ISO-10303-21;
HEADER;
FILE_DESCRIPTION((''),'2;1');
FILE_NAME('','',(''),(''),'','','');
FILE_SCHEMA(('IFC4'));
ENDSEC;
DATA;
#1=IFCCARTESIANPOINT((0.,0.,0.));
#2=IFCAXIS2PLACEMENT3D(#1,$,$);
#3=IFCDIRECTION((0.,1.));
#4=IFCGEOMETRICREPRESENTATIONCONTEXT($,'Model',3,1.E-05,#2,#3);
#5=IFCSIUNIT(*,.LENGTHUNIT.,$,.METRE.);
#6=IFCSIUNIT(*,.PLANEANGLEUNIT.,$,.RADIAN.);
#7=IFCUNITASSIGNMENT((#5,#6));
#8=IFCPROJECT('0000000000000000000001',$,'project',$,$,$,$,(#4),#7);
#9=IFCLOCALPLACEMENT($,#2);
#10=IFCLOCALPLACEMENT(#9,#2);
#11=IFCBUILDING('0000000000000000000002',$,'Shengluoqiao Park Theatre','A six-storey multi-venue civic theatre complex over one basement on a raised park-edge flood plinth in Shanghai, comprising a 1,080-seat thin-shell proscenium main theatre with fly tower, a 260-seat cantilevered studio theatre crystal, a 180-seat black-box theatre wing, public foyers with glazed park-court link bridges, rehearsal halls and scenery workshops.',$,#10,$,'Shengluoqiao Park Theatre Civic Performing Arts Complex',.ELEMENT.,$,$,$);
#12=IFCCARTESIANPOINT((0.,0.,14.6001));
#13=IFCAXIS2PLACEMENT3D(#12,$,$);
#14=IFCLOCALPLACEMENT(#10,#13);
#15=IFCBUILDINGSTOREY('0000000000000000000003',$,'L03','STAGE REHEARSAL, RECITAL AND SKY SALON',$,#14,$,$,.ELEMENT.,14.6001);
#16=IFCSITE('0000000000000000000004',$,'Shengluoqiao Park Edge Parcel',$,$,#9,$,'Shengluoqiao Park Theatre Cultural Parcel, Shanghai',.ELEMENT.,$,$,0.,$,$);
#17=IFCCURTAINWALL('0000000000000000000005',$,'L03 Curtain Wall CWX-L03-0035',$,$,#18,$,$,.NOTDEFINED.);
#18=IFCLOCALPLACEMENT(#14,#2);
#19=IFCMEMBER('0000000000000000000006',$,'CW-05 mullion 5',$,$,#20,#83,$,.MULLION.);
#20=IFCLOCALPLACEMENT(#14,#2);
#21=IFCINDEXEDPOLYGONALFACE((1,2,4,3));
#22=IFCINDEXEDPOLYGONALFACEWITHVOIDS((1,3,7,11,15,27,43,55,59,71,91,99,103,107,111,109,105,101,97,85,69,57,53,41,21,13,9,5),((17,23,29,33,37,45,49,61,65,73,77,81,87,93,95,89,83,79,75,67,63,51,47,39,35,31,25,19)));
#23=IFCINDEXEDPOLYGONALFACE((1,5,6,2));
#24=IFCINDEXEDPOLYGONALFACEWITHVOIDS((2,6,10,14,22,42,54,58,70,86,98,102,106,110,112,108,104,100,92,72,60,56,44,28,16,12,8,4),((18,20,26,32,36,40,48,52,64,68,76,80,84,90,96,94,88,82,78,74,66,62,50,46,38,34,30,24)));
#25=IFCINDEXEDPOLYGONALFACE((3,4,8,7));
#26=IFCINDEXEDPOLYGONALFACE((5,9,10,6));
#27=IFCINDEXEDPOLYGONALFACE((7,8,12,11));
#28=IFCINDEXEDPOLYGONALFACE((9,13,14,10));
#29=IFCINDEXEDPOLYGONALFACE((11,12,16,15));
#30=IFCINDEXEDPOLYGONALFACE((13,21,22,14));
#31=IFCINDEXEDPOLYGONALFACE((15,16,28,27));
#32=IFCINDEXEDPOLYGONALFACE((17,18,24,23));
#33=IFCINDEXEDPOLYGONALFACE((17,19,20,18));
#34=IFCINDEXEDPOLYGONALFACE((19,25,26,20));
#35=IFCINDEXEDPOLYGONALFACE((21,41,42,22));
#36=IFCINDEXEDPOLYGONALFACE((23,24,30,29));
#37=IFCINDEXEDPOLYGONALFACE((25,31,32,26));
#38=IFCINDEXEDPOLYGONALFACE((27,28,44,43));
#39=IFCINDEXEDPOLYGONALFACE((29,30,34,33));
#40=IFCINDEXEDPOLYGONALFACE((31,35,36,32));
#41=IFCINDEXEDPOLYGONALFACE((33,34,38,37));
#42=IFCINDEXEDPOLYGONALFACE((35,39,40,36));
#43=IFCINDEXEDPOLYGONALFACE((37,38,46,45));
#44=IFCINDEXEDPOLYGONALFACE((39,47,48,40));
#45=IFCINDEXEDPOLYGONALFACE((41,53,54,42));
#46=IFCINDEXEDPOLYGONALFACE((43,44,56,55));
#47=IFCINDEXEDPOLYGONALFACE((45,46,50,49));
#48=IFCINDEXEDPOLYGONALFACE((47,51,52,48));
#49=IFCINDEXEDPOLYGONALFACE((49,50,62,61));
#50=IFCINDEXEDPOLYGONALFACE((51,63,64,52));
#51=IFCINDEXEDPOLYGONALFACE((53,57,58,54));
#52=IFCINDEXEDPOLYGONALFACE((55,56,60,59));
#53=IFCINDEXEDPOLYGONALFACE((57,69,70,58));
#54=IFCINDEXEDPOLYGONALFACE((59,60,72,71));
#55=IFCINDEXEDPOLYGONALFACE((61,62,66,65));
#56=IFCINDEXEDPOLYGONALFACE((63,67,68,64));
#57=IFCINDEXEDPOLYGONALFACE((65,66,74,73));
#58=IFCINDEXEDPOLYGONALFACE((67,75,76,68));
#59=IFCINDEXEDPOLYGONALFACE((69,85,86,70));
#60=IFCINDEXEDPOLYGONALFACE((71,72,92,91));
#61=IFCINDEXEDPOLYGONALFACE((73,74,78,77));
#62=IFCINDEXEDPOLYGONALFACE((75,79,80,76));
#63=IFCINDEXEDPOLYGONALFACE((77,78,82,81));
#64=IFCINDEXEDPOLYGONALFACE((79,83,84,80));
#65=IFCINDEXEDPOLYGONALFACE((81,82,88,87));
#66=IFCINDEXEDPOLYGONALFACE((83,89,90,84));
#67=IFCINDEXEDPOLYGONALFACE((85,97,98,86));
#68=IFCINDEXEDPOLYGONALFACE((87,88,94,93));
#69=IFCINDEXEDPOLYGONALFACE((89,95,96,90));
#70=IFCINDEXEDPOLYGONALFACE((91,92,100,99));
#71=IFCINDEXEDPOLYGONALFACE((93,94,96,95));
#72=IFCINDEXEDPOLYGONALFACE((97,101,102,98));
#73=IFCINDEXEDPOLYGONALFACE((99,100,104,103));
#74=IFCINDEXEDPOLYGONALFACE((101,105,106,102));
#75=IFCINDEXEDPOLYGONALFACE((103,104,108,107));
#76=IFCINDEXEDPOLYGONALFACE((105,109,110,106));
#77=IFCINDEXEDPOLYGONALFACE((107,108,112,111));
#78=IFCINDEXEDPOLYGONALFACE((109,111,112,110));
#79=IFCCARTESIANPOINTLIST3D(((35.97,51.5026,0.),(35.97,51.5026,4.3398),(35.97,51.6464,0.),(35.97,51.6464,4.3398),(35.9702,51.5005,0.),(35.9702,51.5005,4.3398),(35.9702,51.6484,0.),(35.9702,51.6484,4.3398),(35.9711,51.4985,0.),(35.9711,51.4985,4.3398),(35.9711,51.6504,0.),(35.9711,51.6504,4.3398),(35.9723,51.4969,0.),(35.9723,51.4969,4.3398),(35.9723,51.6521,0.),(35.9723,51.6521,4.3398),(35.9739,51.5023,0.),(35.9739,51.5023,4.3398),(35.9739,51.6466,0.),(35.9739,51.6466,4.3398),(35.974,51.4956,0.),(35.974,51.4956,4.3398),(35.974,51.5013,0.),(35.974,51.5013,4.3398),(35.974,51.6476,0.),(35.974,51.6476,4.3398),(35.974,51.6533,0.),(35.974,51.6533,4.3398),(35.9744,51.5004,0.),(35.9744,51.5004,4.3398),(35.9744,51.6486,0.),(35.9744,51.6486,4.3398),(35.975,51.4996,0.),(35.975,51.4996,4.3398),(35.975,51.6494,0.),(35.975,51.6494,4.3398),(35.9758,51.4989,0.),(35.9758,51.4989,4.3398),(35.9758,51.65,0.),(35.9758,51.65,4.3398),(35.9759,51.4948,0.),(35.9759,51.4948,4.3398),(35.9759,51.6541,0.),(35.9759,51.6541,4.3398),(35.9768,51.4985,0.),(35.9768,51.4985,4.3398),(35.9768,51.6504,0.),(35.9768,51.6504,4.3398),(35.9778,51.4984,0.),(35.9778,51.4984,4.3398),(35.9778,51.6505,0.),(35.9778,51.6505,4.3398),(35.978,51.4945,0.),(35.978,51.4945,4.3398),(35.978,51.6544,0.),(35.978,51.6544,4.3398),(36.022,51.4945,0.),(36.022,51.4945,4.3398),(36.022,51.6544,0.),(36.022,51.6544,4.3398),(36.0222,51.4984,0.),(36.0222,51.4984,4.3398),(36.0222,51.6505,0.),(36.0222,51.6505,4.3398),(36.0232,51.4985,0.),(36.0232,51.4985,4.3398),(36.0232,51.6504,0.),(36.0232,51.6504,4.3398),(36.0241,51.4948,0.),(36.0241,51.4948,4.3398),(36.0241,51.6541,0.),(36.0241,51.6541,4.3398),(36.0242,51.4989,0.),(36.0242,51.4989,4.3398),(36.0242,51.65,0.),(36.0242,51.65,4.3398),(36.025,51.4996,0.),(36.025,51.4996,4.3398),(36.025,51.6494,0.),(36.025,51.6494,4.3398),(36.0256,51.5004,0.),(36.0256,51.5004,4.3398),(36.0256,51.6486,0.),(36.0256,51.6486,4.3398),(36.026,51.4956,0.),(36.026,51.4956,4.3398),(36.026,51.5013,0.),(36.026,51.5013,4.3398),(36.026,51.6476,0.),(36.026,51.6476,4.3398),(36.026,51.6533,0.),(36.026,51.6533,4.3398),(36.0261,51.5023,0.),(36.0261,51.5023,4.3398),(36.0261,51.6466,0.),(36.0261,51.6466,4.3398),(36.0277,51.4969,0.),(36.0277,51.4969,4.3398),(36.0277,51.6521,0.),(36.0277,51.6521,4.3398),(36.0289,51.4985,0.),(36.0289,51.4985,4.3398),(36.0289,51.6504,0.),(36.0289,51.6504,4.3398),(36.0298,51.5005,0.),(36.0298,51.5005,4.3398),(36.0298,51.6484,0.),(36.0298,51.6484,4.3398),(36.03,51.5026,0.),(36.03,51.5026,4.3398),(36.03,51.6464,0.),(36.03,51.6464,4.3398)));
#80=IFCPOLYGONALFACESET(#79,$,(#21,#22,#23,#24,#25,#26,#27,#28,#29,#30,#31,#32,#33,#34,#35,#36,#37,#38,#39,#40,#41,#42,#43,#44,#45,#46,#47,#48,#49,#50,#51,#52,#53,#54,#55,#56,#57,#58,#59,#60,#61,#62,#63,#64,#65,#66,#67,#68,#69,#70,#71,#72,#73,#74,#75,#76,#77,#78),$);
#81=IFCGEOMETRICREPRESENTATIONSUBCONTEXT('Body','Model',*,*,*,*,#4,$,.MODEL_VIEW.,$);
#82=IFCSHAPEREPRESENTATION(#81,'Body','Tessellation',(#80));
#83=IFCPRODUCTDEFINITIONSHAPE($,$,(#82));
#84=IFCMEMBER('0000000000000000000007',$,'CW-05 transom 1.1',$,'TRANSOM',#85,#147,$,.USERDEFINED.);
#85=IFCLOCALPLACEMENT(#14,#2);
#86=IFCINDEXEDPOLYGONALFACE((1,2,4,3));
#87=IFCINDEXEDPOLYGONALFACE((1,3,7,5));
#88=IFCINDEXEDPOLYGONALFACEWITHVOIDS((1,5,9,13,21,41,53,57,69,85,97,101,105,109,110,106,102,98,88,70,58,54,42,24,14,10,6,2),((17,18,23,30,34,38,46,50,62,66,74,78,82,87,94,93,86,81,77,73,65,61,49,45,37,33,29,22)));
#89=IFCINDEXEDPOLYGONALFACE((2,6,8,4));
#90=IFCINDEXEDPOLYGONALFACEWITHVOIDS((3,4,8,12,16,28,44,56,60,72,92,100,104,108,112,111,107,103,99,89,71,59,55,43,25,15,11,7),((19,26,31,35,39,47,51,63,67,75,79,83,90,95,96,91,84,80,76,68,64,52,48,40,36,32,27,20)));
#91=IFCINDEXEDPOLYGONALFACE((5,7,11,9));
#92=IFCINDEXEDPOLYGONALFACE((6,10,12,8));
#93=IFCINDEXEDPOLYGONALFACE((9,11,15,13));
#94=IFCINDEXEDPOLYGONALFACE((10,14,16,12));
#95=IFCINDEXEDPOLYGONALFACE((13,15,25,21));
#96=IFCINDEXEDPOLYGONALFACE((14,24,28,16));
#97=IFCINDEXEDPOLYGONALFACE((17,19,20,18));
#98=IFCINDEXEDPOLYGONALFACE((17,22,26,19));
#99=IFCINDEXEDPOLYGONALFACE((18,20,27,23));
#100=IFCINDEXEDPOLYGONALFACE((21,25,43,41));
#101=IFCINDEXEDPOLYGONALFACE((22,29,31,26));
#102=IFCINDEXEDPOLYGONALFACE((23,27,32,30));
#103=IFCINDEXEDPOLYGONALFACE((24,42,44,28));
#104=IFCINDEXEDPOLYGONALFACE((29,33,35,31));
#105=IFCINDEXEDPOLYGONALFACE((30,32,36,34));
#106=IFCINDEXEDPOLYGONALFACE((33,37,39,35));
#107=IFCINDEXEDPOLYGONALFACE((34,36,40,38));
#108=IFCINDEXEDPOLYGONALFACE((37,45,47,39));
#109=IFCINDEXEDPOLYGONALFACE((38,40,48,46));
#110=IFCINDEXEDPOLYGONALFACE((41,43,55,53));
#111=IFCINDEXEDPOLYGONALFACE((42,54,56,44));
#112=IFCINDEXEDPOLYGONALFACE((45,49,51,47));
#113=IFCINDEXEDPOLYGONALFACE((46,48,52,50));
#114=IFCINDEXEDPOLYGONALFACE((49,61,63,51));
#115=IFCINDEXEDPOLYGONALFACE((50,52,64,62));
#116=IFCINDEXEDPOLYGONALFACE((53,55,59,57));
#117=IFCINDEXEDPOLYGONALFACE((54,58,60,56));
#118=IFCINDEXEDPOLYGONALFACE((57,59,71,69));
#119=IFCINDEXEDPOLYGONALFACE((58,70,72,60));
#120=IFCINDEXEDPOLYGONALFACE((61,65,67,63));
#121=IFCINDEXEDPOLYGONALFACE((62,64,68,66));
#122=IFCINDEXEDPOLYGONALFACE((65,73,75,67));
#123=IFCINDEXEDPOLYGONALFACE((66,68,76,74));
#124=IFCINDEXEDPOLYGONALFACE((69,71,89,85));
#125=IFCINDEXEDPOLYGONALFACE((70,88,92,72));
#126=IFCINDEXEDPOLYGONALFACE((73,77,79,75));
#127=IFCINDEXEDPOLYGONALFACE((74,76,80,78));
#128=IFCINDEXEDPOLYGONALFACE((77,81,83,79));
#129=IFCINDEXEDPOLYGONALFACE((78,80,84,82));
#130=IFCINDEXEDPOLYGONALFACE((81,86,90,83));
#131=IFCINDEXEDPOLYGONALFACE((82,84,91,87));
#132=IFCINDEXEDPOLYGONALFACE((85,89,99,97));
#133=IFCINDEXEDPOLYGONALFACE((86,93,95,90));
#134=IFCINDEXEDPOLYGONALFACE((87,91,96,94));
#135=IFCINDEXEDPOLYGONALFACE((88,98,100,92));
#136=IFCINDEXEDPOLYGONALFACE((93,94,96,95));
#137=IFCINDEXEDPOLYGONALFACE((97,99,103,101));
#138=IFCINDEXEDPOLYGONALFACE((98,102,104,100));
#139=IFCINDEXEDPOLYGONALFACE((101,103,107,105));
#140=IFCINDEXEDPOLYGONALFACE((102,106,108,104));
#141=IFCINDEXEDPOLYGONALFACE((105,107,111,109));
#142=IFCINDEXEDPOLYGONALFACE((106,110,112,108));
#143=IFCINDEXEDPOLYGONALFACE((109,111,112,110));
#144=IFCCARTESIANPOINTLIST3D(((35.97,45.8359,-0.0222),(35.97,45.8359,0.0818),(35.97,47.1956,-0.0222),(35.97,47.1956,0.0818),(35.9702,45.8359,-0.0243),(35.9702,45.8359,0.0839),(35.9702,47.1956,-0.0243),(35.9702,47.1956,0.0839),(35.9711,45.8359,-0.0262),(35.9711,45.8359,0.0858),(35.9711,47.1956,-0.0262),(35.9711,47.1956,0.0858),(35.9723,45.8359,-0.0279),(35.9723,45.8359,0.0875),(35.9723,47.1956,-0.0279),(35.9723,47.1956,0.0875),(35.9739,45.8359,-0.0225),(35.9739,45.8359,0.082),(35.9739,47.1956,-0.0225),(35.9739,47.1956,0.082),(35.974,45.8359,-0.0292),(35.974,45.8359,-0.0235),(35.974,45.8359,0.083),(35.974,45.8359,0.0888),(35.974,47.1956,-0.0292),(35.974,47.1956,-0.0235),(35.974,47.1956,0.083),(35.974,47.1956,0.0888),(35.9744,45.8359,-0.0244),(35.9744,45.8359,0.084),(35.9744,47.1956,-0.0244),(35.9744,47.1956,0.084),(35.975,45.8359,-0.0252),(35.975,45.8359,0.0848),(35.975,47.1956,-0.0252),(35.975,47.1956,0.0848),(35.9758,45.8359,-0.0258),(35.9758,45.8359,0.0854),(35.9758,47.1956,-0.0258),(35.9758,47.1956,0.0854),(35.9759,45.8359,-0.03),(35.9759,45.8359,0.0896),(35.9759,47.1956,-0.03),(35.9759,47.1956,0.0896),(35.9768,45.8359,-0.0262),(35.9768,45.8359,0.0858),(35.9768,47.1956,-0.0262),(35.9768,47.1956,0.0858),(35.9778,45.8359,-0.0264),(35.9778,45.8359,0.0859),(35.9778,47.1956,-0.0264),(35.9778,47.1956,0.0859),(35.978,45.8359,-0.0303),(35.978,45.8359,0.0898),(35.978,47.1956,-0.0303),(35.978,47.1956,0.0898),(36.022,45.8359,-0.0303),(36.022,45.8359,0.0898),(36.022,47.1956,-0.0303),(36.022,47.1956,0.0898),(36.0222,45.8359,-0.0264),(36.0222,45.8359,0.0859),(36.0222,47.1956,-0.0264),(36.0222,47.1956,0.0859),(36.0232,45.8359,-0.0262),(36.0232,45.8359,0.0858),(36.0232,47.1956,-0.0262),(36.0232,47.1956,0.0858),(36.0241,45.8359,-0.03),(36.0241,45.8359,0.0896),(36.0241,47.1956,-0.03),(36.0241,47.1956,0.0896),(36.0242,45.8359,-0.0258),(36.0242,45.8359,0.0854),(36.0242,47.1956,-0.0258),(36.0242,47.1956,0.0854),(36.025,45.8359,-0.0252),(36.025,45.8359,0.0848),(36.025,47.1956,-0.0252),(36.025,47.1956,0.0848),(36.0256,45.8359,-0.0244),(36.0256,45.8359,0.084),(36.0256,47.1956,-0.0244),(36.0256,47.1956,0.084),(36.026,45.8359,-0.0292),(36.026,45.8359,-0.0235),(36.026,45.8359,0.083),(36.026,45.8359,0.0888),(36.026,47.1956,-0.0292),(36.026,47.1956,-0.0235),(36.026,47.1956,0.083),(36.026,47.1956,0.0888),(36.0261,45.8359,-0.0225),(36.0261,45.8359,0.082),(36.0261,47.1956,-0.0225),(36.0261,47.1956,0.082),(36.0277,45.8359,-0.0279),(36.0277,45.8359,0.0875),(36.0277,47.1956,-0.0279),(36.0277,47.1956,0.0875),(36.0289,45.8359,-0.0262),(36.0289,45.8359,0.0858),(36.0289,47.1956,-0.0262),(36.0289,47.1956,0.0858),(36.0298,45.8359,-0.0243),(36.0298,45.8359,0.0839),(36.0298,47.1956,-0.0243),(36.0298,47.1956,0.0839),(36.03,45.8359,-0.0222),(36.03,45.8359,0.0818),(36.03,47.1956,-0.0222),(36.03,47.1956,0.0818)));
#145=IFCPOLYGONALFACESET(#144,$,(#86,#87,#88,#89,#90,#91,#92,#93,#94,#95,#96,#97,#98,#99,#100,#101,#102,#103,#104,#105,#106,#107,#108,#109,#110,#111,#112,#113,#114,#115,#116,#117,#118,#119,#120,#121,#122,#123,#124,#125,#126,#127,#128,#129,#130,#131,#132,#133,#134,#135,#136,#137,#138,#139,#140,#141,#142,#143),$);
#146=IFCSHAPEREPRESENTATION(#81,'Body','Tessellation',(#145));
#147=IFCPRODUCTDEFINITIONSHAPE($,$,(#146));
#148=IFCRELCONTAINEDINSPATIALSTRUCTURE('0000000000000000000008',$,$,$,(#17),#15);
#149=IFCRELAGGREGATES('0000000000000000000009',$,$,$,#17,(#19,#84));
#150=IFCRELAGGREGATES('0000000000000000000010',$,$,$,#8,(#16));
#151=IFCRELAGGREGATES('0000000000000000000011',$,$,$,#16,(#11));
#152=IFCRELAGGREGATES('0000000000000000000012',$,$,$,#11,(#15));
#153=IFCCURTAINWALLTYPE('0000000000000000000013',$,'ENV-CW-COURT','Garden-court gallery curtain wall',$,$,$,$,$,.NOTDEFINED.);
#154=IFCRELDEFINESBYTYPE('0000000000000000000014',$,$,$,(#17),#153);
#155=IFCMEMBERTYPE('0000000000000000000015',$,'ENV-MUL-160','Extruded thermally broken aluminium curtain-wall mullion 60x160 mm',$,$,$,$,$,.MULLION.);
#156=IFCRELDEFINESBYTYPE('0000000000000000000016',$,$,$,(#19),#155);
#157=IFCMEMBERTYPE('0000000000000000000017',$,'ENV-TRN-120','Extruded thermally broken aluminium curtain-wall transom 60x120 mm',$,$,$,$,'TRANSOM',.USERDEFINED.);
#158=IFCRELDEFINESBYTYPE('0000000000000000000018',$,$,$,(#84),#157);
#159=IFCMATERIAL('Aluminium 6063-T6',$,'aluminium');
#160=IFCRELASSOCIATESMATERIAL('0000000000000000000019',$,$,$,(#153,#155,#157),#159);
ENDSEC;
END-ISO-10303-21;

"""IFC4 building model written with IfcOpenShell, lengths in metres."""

from ifc_helpers import new_model, si_unit, direction, frame, origin, origin_2d, place, context, subcontext, project, spatial, hollow_rectangle, extrude, material, material_profile, profile_set, type_object, element, aggregate, save


model = new_model("IFC4")

# Units and contexts
model_context = context("Model", 3, precision=1e-05, world=origin(), true_north=direction((0.0, 1.0)))
body_context = subcontext(model_context, "Body", "Model", "MODEL_VIEW")
ifc_project = project(units=[si_unit("LENGTHUNIT", "METRE"), si_unit("PLANEANGLEUNIT", "RADIAN")], contexts=[model_context])

# Site, building, storey
site_placement = place(None, origin())
site = spatial("IfcSite", under=ifc_project, at=site_placement, Name="Shengluoqiao Park Edge Parcel", LongName="Shengluoqiao Park Theatre Cultural Parcel, Shanghai", CompositionType="ELEMENT", RefElevation=0.0)
building_placement = place(site_placement, origin())
building = spatial("IfcBuilding", under=site, at=building_placement, Name="Shengluoqiao Park Theatre", Description="A six-storey multi-venue civic theatre complex over one basement on a raised park-edge flood plinth in Shanghai, comprising a 1,080-seat thin-shell proscenium main theatre with fly tower, a 260-seat cantilevered studio theatre crystal, a 180-seat black-box theatre wing, public foyers with glazed park-court link bridges, rehearsal halls and scenery workshops.", LongName="Shengluoqiao Park Theatre Civic Performing Arts Complex", CompositionType="ELEMENT")
storey_placement = place(building_placement, frame((0.0, 0.0, 14.6001)))
storey = spatial("IfcBuildingStorey", under=building, at=storey_placement, Name="L03", Description="STAGE REHEARSAL, RECITAL AND SKY SALON", CompositionType="ELEMENT", Elevation=14.6001)

# Curtain wall, members
ifc_material_1 = material(Name="Aluminium 6063-T6", Category="aluminium")
curtain_wall_type = type_object("IfcCurtainWallType", Name="ENV-CW-COURT", Description="Garden-court gallery curtain wall", PredefinedType="NOTDEFINED", material=ifc_material_1)
curtain_wall_placement = place(storey_placement, origin())
curtain_wall = element("IfcCurtainWall", 1, at=curtain_wall_placement, inside=storey, type_object=curtain_wall_type, Name="L03 Curtain Wall CWX-L03-0035", PredefinedType="NOTDEFINED")
ifc_material_profile_1 = material_profile(ifc_material_1, hollow_rectangle(XDim=0.0601, YDim=0.1599, WallThickness=0.0039, InnerFilletRadius=0.0039, OuterFilletRadius=0.0081, at=origin_2d()), Name="ALU MULLION 160x60x4")
ifc_profile_set_1 = profile_set([ifc_material_profile_1], Name="Aluminium 6063-T6")
member_type_1 = type_object("IfcMemberType", Name="ENV-MUL-160", Description="Extruded thermally broken aluminium curtain-wall mullion 60x160 mm", PredefinedType="MULLION", material=ifc_profile_set_1)
member_1_placement = place(storey_placement, frame((36.0, 51.5745, 0.0), z_axis=(0.0, 0.0, 1.0), x_axis=(-1.0, 0.0, 0.0)))
member_1 = element("IfcMember", 2, at=member_1_placement, type_object=member_type_1, Name="CW-05 mullion 5", PredefinedType="MULLION", context=body_context, shape_type="SweptSolid", body=[
    extrude(hollow_rectangle(XDim=0.0601, YDim=0.1599, WallThickness=0.0039, InnerFilletRadius=0.0039, OuterFilletRadius=0.0081, at=origin_2d()), origin(), (0.0, 0.0, 1.0), 4.3398),
])
ifc_material_profile_2 = material_profile(ifc_material_1, hollow_rectangle(XDim=0.0601, YDim=0.1201, WallThickness=0.0039, InnerFilletRadius=0.0039, OuterFilletRadius=0.0081, at=origin_2d()), Name="ALU TRANSOM 120x60x4")
ifc_profile_set_2 = profile_set([ifc_material_profile_2], Name="Aluminium 6063-T6")
member_type_2 = type_object("IfcMemberType", Name="ENV-TRN-120", Description="Extruded thermally broken aluminium curtain-wall transom 60x120 mm", ElementType="TRANSOM", PredefinedType="USERDEFINED", material=ifc_profile_set_2)
member_2_placement = place(storey_placement, frame((36.0, 45.8359, 0.0298), z_axis=(0.0, 1.0, 0.0), x_axis=(-1.0, 0.0, 0.0)))
member_2 = element("IfcMember", 3, at=member_2_placement, type_object=member_type_2, Name="CW-05 transom 1.1", ObjectType="TRANSOM", PredefinedType="USERDEFINED", context=body_context, shape_type="SweptSolid", body=[
    extrude(hollow_rectangle(XDim=0.0601, YDim=0.1201, WallThickness=0.0039, InnerFilletRadius=0.0039, OuterFilletRadius=0.0081, at=origin_2d()), origin(), (0.0, 0.0, 1.0), 1.3596),
])

aggregate(curtain_wall, [member_1, member_2])

save(model, "model.ifc")
